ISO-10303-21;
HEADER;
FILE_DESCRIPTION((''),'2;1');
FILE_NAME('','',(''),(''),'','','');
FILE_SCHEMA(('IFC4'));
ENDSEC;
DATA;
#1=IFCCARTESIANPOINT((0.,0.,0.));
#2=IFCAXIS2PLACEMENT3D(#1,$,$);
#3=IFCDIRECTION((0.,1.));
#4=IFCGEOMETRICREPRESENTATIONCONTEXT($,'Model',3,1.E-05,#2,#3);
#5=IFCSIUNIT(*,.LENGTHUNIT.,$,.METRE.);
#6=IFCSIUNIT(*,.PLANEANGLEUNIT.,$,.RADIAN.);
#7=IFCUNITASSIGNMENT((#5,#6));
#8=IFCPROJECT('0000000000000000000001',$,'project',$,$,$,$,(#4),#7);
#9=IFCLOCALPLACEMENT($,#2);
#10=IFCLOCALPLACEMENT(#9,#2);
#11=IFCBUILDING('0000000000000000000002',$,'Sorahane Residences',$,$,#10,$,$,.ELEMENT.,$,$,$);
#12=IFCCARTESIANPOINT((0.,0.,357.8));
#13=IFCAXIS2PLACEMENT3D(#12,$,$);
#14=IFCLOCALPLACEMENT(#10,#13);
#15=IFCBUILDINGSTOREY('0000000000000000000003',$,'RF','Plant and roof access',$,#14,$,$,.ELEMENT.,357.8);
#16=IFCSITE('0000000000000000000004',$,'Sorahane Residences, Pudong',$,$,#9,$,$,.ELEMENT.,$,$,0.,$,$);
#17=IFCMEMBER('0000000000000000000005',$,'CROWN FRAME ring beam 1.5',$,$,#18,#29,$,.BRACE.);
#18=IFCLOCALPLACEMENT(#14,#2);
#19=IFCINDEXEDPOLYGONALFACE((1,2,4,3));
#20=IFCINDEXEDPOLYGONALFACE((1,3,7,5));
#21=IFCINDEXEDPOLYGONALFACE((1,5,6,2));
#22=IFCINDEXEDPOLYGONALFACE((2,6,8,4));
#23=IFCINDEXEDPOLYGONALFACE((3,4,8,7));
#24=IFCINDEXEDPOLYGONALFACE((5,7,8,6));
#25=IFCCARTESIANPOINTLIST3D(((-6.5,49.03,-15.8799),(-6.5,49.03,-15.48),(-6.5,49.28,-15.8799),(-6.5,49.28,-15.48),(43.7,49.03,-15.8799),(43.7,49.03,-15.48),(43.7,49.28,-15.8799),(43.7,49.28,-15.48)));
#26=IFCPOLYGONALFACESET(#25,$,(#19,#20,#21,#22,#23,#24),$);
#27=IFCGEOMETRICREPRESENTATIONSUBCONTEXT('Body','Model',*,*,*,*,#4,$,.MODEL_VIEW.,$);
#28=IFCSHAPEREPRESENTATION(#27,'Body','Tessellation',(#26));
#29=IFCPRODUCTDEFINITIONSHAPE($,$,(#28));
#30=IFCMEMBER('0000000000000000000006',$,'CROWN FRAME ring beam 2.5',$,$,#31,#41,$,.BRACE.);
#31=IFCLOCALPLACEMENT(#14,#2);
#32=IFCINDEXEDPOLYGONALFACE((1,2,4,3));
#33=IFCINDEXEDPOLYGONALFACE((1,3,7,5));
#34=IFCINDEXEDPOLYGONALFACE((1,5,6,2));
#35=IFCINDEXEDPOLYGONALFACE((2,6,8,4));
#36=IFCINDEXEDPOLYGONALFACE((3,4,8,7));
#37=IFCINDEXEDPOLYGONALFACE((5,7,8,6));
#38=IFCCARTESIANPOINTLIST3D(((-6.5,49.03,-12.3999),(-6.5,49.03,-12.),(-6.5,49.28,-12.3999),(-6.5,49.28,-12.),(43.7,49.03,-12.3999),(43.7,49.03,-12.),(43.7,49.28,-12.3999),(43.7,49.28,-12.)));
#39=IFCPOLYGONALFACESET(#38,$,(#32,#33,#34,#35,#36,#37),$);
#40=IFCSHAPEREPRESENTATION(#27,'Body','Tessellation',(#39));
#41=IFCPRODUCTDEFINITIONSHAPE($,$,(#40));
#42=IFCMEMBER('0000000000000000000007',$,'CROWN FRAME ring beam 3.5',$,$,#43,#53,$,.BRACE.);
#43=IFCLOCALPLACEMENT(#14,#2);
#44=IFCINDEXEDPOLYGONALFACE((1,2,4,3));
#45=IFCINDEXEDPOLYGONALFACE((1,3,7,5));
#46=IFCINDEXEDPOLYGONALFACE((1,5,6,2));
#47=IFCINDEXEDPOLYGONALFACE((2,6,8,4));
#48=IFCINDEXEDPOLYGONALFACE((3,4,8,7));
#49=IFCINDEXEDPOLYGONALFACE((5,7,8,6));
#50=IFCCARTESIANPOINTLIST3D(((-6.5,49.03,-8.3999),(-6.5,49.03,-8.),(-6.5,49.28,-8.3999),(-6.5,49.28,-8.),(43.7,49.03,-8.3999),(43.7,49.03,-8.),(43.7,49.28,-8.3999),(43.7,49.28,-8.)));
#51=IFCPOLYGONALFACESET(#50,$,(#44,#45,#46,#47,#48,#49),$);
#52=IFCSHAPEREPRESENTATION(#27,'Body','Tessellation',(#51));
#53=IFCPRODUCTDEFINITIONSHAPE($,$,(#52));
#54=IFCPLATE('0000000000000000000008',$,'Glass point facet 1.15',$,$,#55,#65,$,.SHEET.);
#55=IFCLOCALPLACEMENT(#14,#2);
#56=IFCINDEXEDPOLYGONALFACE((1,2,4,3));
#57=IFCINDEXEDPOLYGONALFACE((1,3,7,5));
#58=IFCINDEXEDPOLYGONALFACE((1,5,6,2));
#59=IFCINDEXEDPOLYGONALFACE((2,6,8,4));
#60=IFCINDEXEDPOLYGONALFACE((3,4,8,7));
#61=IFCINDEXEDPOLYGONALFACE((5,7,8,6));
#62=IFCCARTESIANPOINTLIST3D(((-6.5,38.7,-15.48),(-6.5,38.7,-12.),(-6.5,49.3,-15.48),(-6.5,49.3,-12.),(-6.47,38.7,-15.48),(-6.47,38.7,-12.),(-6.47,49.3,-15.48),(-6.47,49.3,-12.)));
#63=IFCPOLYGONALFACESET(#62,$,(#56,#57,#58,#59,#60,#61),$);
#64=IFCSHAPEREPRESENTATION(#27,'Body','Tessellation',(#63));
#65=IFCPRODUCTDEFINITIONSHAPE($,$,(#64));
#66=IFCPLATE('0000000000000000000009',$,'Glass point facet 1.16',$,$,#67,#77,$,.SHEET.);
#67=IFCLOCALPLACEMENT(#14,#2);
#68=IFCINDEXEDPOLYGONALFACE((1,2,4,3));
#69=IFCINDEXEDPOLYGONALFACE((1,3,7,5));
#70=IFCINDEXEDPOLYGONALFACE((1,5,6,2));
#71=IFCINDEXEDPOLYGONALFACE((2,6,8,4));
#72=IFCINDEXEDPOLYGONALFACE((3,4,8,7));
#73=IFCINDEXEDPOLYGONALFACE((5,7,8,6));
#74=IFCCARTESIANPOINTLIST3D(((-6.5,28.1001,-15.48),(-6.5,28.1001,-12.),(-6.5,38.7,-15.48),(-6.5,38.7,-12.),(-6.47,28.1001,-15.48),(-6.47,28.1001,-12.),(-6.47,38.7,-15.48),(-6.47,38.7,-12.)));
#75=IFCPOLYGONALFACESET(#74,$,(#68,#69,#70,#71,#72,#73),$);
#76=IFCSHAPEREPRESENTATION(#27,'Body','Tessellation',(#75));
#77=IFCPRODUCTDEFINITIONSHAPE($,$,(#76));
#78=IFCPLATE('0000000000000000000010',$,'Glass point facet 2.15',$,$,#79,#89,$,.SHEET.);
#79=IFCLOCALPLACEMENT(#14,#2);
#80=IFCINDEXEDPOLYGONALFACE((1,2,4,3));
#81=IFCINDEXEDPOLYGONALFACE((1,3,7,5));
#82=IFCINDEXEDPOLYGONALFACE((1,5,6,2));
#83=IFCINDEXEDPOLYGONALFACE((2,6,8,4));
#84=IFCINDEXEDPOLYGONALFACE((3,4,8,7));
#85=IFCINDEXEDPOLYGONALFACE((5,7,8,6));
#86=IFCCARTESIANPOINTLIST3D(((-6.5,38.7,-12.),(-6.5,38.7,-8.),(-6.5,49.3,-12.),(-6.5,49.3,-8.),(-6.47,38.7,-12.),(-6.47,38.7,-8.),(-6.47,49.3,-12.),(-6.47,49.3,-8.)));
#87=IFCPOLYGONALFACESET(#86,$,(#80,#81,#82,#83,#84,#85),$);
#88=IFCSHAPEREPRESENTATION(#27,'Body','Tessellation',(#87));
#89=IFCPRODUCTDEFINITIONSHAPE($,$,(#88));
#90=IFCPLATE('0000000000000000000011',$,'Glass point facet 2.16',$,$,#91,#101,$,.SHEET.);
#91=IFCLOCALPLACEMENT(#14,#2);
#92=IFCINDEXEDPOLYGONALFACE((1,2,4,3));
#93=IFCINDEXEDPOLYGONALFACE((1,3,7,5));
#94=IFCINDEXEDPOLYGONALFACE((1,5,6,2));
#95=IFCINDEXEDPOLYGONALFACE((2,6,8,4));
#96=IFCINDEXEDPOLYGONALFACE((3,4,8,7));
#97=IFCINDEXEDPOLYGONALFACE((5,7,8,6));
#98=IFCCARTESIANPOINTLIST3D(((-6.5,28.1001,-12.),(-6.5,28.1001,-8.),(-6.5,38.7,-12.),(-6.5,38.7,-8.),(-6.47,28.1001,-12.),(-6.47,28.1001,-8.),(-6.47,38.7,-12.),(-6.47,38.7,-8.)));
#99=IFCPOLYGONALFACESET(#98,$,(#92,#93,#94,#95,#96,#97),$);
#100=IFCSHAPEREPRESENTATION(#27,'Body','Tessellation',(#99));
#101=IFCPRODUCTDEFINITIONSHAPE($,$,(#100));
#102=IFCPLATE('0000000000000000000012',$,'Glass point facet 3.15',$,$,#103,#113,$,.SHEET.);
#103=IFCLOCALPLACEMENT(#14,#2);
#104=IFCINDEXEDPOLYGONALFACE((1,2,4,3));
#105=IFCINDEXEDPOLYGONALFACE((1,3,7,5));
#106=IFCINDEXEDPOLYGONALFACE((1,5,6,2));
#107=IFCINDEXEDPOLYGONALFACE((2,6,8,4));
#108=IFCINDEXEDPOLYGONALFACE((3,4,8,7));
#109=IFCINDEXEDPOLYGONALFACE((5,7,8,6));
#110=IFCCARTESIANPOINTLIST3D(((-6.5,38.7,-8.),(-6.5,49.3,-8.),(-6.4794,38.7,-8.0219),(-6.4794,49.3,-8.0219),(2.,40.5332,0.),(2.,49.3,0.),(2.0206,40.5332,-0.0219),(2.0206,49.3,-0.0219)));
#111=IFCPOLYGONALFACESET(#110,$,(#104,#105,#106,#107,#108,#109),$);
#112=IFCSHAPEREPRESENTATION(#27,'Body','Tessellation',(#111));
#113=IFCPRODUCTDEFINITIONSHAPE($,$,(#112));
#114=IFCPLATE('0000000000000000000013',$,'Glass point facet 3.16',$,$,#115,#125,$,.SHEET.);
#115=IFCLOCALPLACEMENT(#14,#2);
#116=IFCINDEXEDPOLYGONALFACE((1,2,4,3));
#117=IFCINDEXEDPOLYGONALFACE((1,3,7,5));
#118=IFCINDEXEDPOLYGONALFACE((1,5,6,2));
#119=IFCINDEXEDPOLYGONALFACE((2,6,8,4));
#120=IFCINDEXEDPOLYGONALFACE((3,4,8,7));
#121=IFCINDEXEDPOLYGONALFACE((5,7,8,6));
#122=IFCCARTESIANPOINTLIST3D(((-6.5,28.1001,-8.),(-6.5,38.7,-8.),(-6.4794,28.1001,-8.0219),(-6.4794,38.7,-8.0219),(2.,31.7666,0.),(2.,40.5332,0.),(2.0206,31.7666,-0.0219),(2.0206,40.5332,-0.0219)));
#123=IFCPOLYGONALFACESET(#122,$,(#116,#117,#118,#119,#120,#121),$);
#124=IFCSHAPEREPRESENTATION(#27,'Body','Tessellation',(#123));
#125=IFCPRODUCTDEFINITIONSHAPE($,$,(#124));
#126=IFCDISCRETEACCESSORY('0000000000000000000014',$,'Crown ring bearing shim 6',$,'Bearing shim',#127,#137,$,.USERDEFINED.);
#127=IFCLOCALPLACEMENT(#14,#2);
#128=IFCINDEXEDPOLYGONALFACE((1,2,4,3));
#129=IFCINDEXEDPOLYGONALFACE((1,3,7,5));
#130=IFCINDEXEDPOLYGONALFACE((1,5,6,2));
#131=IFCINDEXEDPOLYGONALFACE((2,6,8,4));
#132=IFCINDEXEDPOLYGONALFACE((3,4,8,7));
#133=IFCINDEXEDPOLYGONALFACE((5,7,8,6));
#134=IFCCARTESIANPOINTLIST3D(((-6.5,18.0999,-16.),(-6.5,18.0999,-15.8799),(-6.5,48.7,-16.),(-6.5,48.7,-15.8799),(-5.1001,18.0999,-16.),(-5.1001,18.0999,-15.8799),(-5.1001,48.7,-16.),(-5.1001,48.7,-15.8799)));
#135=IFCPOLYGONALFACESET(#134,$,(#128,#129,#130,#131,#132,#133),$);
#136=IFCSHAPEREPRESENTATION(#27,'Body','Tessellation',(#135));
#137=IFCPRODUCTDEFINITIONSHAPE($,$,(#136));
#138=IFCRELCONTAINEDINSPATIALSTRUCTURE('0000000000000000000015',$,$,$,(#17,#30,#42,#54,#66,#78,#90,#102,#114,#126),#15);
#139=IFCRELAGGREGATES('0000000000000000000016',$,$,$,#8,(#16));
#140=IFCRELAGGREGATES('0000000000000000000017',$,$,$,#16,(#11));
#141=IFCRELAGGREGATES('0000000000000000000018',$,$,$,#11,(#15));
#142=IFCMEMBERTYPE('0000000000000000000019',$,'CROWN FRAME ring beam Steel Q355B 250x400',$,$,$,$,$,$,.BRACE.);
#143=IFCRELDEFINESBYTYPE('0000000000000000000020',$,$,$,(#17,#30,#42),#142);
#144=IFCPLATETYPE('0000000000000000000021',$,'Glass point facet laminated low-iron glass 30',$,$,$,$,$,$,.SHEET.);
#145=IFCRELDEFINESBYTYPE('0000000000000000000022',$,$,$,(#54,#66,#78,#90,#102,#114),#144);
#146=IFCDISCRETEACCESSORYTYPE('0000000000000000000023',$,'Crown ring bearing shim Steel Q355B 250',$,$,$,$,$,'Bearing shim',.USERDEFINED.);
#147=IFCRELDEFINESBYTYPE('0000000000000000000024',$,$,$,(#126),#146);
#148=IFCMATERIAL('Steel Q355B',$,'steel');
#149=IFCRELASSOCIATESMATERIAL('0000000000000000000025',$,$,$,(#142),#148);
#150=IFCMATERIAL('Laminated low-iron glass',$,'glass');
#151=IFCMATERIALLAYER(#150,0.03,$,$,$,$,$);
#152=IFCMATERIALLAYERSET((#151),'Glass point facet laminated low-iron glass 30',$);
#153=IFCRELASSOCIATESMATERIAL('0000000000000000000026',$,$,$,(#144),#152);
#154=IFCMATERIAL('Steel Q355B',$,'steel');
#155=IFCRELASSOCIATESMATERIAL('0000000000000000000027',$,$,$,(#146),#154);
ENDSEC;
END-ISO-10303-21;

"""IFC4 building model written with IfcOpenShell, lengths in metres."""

from ifc_helpers import new_model, si_unit, direction, frame, origin, origin_2d, place, context, subcontext, project, spatial, polyline, rectangle, outline, extrude, material, layer, layer_set, material_profile, profile_set, type_object, element, save


model = new_model("IFC4")

# Units and contexts
model_context = context("Model", 3, precision=1e-05, world=origin(), true_north=direction((0.0, 1.0)))
body_context = subcontext(model_context, "Body", "Model", "MODEL_VIEW")
ifc_project = project(units=[si_unit("LENGTHUNIT", "METRE"), si_unit("PLANEANGLEUNIT", "RADIAN")], contexts=[model_context])

# Site, building, storey
site_placement = place(None, origin())
site = spatial("IfcSite", under=ifc_project, at=site_placement, Name="Sorahane Residences, Pudong", CompositionType="ELEMENT", RefElevation=0.0)
building_placement = place(site_placement, origin())
building = spatial("IfcBuilding", under=site, at=building_placement, Name="Sorahane Residences", CompositionType="ELEMENT")
storey_placement = place(building_placement, frame((0.0, 0.0, 357.8)))
storey = spatial("IfcBuildingStorey", under=building, at=storey_placement, Name="RF", Description="Plant and roof access", CompositionType="ELEMENT", Elevation=357.8)

# Members
ifc_material_1 = material(Name="Steel Q355B", Category="steel")
ifc_material_profile_1 = material_profile(ifc_material_1, rectangle(XDim=0.25, YDim=0.3999, at=origin_2d()), Name="CROWN FRAME ring beam Steel Q355B 250x400")
ifc_profile_set_1 = profile_set([ifc_material_profile_1], Name="Steel Q355B")
member_type_1 = type_object("IfcMemberType", Name="CROWN FRAME ring beam Steel Q355B 250x400", PredefinedType="BRACE", material=ifc_profile_set_1)
for number, where, z_axis, x_axis, name in (
    (1, (-6.5, 49.155, -15.6799), (1.0, 0.0, 0.0), (0.0, 1.0, 0.0), "CROWN FRAME ring beam 1.5"),
    (2, (-6.5, 49.155, -12.2), (1.0, 0.0, 0.0), (0.0, 1.0, 0.0), "CROWN FRAME ring beam 2.5"),
    (3, (-6.5, 49.155, -8.2), (1.0, 0.0, 0.0), (0.0, 1.0, 0.0), "CROWN FRAME ring beam 3.5"),
):
    element("IfcMember", number, at=place(storey_placement, frame(where, z_axis=z_axis, x_axis=x_axis)), inside=storey, type_object=member_type_1, Name=name, PredefinedType="BRACE", context=body_context, shape_type="SweptSolid", body=[
        extrude(rectangle(XDim=0.25, YDim=0.3999, at=origin_2d()), origin(), (0.0, 0.0, 1.0), 50.2),
    ])

# Plates
ifc_material_2 = material(Name="Laminated low-iron glass", Category="glass")
ifc_layer = layer(ifc_material_2, 0.03)
ifc_layer_set = layer_set([ifc_layer], Name="Glass point facet laminated low-iron glass 30")
plate_type = type_object("IfcPlateType", Name="Glass point facet laminated low-iron glass 30", PredefinedType="SHEET", material=ifc_layer_set)
plate_1_placement = place(storey_placement, frame((-6.5, 49.3, -15.48), z_axis=(-1.0, 0.0, 0.0), x_axis=(0.0, -1.0, 0.0)))
element("IfcPlate", 4, at=plate_1_placement, inside=storey, type_object=plate_type, Name="Glass point facet 1.15", PredefinedType="SHEET", context=body_context, shape_type="SweptSolid", body=[
    extrude(outline(polyline([(0.0, 0.0), (10.6001, 0.0), (10.6001, 3.48), (0.0, 3.48), (0.0, 0.0)])), origin(), (0.0, 0.0, -1.0), 0.03),
])
plate_2_placement = place(storey_placement, frame((-6.5, 38.7, -15.48), z_axis=(-1.0, 0.0, 0.0), x_axis=(0.0, -1.0, 0.0)))
element("IfcPlate", 5, at=plate_2_placement, inside=storey, type_object=plate_type, Name="Glass point facet 1.16", PredefinedType="SHEET", context=body_context, shape_type="SweptSolid", body=[
    extrude(outline(polyline([(0.0, 0.0), (10.5999, 0.0), (10.5999, 3.48), (0.0, 3.48), (0.0, 0.0)])), origin(), (0.0, 0.0, -1.0), 0.03),
])
plate_3_placement = place(storey_placement, frame((-6.5, 49.3, -12.0), z_axis=(-1.0, 0.0, 0.0), x_axis=(0.0, -1.0, 0.0)))
element("IfcPlate", 6, at=plate_3_placement, inside=storey, type_object=plate_type, Name="Glass point facet 2.15", PredefinedType="SHEET", context=body_context, shape_type="SweptSolid", body=[
    extrude(outline(polyline([(0.0, 0.0), (10.6001, 0.0), (10.6001, 4.0), (0.0, 4.0), (0.0, 0.0)])), origin(), (0.0, 0.0, -1.0), 0.03),
])
plate_4_placement = place(storey_placement, frame((-6.5, 38.7, -12.0), z_axis=(-1.0, 0.0, 0.0), x_axis=(0.0, -1.0, 0.0)))
element("IfcPlate", 7, at=plate_4_placement, inside=storey, type_object=plate_type, Name="Glass point facet 2.16", PredefinedType="SHEET", context=body_context, shape_type="SweptSolid", body=[
    extrude(outline(polyline([(0.0, 0.0), (10.5999, 0.0), (10.5999, 4.0), (0.0, 4.0), (0.0, 0.0)])), origin(), (0.0, 0.0, -1.0), 0.03),
])
plate_5_placement = place(storey_placement, frame((-6.5, 49.3, -8.0), z_axis=(-0.685365, 0.0, 0.7282), x_axis=(0.0, -1.0, 0.0)))
element("IfcPlate", 8, at=plate_5_placement, inside=storey, type_object=plate_type, Name="Glass point facet 3.15", PredefinedType="SHEET", context=body_context, shape_type="SweptSolid", body=[
    extrude(outline(polyline([(0.0, 0.0), (10.6001, 0.0), (8.7668, 11.6726), (0.0, 11.6726), (0.0, 0.0)])), origin(), (0.0, 0.0, -1.0), 0.03),
])
plate_6_placement = place(storey_placement, frame((-6.5, 38.7, -8.0), z_axis=(-0.685365, 0.0, 0.7282), x_axis=(0.0, -1.0, 0.0)))
element("IfcPlate", 9, at=plate_6_placement, inside=storey, type_object=plate_type, Name="Glass point facet 3.16", PredefinedType="SHEET", context=body_context, shape_type="SweptSolid", body=[
    extrude(outline(polyline([(0.0, 0.0), (10.5999, 0.0), (6.9333, 11.6726), (-1.8333, 11.6726), (0.0, 0.0)])), origin(), (0.0, 0.0, -1.0), 0.03),
])

# Discrete accessory
ifc_material_3 = material(Name="Steel Q355B", Category="steel")
discrete_accessory_type = type_object("IfcDiscreteAccessoryType", Name="Crown ring bearing shim Steel Q355B 250", ElementType="Bearing shim", PredefinedType="USERDEFINED", material=ifc_material_3)
discrete_accessory_placement = place(storey_placement, frame((-5.8, 33.3999, -16.0), z_axis=(0.0, 0.0, 1.0), x_axis=(0.0, -1.0, 0.0)))
element("IfcDiscreteAccessory", 10, at=discrete_accessory_placement, inside=storey, type_object=discrete_accessory_type, Name="Crown ring bearing shim 6", ObjectType="Bearing shim", PredefinedType="USERDEFINED", context=body_context, shape_type="SweptSolid", body=[
    extrude(rectangle(XDim=30.6001, YDim=1.3999, at=origin_2d()), origin(), (0.0, 0.0, 1.0), 0.1201),
])

save(model, "model.ifc")
